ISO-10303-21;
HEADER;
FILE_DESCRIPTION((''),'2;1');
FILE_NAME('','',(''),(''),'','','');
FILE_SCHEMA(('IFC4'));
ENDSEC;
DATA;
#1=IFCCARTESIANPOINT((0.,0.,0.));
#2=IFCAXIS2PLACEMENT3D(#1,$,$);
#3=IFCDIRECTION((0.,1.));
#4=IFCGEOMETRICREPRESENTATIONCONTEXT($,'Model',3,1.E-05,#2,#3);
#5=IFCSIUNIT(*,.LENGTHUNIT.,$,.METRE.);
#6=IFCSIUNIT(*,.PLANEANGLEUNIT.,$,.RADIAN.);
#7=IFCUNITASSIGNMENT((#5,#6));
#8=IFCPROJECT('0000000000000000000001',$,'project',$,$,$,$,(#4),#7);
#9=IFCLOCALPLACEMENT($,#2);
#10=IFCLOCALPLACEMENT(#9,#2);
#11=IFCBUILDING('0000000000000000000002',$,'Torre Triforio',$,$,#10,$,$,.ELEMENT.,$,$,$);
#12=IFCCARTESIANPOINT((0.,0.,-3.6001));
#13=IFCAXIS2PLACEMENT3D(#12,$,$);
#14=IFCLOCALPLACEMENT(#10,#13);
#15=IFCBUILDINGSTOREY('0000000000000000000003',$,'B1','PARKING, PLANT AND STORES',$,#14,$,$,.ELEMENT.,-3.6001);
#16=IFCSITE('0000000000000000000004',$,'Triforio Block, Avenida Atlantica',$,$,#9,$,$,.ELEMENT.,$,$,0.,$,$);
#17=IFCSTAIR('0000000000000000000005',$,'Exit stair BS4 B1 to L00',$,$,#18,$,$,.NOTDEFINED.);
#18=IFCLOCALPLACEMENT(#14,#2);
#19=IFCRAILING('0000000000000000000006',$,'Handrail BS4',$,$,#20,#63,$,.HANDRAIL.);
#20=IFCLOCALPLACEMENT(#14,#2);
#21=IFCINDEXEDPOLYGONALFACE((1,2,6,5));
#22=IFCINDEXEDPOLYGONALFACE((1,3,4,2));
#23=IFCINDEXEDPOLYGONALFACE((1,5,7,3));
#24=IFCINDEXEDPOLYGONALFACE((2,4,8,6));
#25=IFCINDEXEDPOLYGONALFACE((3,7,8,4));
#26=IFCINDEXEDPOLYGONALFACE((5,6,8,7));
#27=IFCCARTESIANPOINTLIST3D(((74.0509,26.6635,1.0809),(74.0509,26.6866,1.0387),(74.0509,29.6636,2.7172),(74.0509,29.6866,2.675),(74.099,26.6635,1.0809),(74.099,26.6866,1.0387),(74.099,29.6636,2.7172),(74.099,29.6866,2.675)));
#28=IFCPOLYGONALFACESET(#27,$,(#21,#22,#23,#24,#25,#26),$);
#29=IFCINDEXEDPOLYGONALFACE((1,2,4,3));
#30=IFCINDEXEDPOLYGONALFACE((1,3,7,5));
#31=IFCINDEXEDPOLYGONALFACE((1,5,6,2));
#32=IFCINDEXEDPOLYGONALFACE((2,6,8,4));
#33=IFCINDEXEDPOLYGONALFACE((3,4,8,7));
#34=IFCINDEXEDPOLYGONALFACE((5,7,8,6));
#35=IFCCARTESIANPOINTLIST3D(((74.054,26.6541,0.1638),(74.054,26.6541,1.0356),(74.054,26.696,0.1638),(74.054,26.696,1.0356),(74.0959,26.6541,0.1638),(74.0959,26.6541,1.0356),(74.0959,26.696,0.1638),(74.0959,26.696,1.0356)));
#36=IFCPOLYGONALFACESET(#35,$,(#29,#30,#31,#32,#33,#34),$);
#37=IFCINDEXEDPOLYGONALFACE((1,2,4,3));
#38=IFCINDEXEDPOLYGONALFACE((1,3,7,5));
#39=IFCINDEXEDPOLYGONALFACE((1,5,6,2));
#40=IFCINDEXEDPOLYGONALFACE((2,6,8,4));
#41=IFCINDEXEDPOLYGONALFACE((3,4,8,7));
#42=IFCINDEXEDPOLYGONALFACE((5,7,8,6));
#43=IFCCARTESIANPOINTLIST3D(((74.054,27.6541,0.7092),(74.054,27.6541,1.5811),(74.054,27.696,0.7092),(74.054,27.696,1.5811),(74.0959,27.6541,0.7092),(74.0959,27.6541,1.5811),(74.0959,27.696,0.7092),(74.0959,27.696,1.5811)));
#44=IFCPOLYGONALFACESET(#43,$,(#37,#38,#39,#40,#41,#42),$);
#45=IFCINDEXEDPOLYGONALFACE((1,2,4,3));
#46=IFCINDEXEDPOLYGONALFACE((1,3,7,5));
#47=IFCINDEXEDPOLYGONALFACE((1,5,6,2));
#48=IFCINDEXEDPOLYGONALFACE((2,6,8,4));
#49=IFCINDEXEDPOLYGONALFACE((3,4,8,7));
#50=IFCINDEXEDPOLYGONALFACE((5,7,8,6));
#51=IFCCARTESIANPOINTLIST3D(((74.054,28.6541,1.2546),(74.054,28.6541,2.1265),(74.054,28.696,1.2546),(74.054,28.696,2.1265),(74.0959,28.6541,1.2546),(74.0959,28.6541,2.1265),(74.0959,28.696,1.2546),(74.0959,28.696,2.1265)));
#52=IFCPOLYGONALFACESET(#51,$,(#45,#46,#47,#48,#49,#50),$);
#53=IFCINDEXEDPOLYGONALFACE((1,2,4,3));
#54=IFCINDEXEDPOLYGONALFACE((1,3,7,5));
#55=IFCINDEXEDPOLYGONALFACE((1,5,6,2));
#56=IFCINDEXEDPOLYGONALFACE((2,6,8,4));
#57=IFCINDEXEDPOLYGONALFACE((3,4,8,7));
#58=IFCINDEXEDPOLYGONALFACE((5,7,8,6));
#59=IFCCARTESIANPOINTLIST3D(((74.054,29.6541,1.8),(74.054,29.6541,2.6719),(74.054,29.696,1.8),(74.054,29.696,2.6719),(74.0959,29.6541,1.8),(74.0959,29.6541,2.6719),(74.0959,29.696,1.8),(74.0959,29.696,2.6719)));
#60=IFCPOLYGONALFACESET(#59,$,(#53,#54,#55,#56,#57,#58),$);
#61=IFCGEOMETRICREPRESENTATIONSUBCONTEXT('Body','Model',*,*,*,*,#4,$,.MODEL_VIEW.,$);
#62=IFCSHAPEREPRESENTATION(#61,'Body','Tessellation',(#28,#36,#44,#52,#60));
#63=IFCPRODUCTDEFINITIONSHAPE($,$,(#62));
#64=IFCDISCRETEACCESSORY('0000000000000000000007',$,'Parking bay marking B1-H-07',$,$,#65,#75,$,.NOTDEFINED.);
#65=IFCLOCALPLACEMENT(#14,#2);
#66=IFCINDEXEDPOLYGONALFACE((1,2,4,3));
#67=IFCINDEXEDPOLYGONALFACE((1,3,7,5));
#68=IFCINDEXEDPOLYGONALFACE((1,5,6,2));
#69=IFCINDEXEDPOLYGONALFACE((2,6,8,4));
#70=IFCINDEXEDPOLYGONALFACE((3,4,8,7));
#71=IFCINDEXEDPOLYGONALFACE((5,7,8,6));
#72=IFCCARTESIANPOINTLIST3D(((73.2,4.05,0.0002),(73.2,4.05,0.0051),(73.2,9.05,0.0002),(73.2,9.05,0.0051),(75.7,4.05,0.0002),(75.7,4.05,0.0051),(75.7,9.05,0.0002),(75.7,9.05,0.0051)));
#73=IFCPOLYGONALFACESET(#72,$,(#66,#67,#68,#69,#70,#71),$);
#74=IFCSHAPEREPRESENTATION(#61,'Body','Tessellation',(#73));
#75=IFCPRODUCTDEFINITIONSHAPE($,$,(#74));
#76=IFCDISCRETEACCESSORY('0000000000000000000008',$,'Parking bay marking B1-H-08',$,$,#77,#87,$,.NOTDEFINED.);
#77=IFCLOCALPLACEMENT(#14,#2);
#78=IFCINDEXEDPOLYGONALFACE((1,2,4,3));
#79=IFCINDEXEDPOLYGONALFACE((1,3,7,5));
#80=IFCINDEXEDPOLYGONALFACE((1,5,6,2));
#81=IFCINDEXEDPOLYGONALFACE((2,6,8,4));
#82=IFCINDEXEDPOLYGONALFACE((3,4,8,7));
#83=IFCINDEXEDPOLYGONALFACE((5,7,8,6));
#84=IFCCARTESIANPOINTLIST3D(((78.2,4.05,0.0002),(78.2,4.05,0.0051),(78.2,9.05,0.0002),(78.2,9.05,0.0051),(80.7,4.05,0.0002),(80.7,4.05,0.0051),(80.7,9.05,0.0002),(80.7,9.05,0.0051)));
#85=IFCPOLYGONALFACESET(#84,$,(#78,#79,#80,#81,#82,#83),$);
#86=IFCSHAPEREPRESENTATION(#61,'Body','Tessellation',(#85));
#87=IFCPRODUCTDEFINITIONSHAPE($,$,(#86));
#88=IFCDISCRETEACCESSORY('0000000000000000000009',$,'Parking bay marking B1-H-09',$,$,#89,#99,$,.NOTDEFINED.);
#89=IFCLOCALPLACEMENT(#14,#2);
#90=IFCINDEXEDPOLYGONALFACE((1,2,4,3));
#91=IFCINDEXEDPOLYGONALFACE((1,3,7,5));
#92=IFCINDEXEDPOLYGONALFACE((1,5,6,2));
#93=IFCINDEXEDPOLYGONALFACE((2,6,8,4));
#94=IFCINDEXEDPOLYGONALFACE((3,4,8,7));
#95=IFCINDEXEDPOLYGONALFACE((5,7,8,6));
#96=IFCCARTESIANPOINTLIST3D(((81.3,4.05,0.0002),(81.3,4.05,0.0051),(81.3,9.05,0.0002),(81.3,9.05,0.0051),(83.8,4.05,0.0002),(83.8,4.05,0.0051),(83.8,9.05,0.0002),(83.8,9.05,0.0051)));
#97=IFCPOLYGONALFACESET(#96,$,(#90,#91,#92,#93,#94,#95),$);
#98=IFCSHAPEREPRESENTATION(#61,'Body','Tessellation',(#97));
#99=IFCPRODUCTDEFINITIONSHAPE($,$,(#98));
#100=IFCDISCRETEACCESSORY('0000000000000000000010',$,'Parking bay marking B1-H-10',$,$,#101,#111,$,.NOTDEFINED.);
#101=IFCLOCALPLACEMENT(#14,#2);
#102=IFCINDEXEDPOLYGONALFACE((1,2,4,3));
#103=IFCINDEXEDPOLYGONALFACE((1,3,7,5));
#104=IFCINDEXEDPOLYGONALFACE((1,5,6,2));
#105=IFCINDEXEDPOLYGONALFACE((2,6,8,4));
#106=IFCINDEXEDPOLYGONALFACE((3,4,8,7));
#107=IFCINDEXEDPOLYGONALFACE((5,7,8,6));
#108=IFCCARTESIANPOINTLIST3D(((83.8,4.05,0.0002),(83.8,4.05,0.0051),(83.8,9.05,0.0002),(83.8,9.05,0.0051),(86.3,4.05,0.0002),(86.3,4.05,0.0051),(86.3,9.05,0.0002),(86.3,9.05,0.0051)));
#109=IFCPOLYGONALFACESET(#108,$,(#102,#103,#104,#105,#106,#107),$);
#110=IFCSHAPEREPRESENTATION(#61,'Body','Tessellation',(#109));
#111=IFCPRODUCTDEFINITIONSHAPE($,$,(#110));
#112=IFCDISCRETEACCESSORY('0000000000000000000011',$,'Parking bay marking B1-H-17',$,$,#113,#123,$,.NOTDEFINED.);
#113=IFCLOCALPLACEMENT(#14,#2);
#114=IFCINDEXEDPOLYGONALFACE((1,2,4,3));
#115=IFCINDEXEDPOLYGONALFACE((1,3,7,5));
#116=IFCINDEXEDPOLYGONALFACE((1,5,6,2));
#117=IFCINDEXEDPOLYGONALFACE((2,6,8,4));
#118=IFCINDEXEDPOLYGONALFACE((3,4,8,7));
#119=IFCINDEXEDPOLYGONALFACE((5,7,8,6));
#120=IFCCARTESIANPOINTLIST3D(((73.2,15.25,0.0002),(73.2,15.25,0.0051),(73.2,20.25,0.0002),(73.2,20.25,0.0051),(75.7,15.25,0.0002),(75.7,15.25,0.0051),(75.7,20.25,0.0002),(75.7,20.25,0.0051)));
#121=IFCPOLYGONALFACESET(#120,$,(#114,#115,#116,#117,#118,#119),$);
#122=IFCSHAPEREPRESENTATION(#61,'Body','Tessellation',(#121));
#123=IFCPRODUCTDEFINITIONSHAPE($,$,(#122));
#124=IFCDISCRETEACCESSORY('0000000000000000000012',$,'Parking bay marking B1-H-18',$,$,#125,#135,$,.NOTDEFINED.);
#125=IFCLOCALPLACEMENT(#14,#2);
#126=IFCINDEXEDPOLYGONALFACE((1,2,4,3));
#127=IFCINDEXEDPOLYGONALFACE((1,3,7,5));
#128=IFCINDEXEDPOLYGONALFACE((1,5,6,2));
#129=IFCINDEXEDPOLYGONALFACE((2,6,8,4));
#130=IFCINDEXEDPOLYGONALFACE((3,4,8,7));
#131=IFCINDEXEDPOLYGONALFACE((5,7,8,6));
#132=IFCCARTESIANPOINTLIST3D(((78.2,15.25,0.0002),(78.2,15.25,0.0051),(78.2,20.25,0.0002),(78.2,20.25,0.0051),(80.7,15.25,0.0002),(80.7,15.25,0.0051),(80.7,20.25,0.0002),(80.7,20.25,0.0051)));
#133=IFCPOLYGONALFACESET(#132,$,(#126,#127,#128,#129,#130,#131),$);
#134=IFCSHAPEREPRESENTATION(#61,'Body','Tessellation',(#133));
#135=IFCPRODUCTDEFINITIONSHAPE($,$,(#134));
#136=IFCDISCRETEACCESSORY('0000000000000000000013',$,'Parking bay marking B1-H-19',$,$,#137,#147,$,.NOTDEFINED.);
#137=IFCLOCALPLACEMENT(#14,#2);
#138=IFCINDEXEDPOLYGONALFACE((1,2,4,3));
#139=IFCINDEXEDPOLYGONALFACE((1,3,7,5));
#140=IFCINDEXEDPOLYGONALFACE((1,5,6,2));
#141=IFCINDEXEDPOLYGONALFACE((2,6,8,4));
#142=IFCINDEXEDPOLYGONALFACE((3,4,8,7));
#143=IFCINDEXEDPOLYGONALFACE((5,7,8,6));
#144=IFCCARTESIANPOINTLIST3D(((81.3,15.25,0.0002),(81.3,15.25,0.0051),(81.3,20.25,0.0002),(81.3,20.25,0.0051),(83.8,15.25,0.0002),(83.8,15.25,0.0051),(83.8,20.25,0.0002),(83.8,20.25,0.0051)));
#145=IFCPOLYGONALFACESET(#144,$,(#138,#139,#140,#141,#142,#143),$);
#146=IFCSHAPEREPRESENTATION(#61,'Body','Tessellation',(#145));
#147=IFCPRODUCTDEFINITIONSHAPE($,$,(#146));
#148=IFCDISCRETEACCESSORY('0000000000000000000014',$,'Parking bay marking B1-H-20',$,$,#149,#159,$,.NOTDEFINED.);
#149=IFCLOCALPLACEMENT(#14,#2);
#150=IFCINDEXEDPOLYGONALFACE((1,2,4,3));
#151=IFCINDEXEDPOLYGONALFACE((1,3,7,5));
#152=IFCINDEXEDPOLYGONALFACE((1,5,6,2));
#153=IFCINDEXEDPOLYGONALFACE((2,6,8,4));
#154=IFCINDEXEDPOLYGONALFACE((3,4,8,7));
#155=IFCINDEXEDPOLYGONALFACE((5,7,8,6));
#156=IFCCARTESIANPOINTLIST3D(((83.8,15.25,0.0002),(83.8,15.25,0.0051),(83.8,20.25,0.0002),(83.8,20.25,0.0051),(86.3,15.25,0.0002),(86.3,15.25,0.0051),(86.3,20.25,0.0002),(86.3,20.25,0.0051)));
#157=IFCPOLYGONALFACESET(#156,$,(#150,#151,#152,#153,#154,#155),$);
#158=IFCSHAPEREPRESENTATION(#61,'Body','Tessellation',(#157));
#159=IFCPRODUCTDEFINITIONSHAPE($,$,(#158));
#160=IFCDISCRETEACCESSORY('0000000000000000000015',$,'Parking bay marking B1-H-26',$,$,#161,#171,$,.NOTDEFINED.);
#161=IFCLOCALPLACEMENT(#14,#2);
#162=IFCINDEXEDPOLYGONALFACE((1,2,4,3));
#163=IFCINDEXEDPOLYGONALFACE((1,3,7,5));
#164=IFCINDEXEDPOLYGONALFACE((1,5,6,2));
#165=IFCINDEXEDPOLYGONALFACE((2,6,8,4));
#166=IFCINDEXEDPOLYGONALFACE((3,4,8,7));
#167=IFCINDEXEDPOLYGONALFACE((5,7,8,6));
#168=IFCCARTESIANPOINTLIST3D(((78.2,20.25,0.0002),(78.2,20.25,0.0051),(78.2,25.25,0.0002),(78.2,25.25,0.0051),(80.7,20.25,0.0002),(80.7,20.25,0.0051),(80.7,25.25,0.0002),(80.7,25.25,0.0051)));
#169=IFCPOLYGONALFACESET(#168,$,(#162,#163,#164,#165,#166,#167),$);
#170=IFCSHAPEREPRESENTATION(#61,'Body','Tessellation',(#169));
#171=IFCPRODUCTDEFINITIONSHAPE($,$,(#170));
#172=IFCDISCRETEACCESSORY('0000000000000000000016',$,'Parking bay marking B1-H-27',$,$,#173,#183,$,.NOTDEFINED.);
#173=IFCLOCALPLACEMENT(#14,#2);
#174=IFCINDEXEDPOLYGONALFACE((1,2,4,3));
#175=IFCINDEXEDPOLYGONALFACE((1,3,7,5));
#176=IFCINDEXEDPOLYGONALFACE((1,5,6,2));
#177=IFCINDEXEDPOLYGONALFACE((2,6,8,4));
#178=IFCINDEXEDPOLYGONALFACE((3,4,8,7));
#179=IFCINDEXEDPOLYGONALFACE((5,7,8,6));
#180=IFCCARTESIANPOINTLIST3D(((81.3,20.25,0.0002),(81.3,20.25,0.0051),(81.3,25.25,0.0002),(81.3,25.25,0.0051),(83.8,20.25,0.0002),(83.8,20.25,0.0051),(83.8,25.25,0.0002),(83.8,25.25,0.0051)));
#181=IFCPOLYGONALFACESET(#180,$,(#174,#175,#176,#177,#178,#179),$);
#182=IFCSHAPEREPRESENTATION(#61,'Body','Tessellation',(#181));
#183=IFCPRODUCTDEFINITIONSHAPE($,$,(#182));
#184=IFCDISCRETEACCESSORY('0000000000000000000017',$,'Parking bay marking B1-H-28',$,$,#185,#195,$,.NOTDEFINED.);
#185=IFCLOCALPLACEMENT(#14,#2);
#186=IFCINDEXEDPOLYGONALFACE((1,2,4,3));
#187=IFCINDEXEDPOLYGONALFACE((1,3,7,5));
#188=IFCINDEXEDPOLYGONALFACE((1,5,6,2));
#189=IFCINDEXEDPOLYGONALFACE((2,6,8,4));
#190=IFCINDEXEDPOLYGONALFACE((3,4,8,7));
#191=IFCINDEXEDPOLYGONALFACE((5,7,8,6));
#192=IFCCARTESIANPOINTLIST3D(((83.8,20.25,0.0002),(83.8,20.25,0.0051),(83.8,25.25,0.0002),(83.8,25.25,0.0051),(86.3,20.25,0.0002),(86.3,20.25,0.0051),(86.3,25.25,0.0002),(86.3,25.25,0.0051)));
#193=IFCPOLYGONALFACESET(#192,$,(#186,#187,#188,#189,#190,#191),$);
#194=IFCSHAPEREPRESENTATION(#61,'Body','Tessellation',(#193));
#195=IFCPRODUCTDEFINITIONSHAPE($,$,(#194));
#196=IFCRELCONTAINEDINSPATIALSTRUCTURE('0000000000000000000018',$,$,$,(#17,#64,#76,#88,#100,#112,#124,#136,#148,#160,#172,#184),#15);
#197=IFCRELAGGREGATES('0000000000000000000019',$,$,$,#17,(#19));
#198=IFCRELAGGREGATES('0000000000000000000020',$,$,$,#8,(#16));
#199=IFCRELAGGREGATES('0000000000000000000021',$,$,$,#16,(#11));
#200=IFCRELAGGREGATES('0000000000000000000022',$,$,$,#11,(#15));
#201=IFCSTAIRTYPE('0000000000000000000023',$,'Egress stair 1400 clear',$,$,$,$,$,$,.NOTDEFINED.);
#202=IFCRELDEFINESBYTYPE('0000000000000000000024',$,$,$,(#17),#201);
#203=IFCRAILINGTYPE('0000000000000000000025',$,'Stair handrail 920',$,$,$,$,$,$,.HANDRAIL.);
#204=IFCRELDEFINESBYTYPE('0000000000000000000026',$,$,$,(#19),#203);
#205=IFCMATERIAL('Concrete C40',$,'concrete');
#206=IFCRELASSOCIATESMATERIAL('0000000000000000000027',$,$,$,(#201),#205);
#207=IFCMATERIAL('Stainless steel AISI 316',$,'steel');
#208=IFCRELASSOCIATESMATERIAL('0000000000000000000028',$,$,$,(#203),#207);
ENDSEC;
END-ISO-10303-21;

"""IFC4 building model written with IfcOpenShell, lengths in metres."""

from ifc_helpers import new_model, si_unit, direction, frame, origin, origin_2d, place, context, subcontext, project, spatial, rectangle, extrude, material, type_object, element, aggregate, save


model = new_model("IFC4")

# Units and contexts
model_context = context("Model", 3, precision=1e-05, world=origin(), true_north=direction((0.0, 1.0)))
body_context = subcontext(model_context, "Body", "Model", "MODEL_VIEW")
ifc_project = project(units=[si_unit("LENGTHUNIT", "METRE"), si_unit("PLANEANGLEUNIT", "RADIAN")], contexts=[model_context])

# Site, building, storey
site_placement = place(None, origin())
site = spatial("IfcSite", under=ifc_project, at=site_placement, Name="Triforio Block, Avenida Atlantica", CompositionType="ELEMENT", RefElevation=0.0)
building_placement = place(site_placement, origin())
building = spatial("IfcBuilding", under=site, at=building_placement, Name="Torre Triforio", CompositionType="ELEMENT")
storey_placement = place(building_placement, frame((0.0, 0.0, -3.6001)))
storey = spatial("IfcBuildingStorey", under=building, at=storey_placement, Name="B1", Description="PARKING, PLANT AND STORES", CompositionType="ELEMENT", Elevation=-3.6001)

# Shared definitions
ifc_material_1 = material(Name="Concrete C40", Category="concrete")

# Stair, railing
stair_type = type_object("IfcStairType", Name="Egress stair 1400 clear", PredefinedType="NOTDEFINED", material=ifc_material_1)
stair_placement = place(storey_placement, origin())
stair = element("IfcStair", 1, at=stair_placement, inside=storey, type_object=stair_type, Name="Exit stair BS4 B1 to L00", PredefinedType="NOTDEFINED")
ifc_material_2 = material(Name="Stainless steel AISI 316", Category="steel")
railing_type = type_object("IfcRailingType", Name="Stair handrail 920", PredefinedType="HANDRAIL", material=ifc_material_2)
railing_placement = place(storey_placement, frame((74.075, 26.675, 0.1638)))
railing = element("IfcRailing", 2, at=railing_placement, type_object=railing_type, Name="Handrail BS4", PredefinedType="HANDRAIL", context=body_context, shape_type="SweptSolid", body=[
    extrude(rectangle(XDim=0.0481, YDim=0.0481, at=origin_2d()), frame((0.0, 0.0, 0.896), z_axis=(0.0, 0.877912, 0.478822), x_axis=(-1.0, 0.0, 0.0)), (0.0, 0.0, 1.0), 3.4172),
    extrude(rectangle(XDim=0.042, YDim=0.042, at=origin_2d()), origin(), (0.0, 0.0, 1.0), 0.8718),
    extrude(rectangle(XDim=0.042, YDim=0.042, at=origin_2d()), frame((0.0, 1.0, 0.5454)), (0.0, 0.0, 1.0), 0.8718),
    extrude(rectangle(XDim=0.042, YDim=0.042, at=origin_2d()), frame((0.0, 2.0, 1.0908)), (0.0, 0.0, 1.0), 0.8718),
    extrude(rectangle(XDim=0.042, YDim=0.042, at=origin_2d()), frame((0.0, 3.0, 1.6362)), (0.0, 0.0, 1.0), 0.8718),
])
aggregate(stair, [railing])

# Discrete accessories
for number, where, z_axis, x_axis, name in (
    (3, (74.45, 6.55, 0.0002), (0.0, 0.0, 1.0), (1.0, 0.0, 0.0), "Parking bay marking B1-H-07"),
    (4, (79.45, 6.55, 0.0002), (0.0, 0.0, 1.0), (1.0, 0.0, 0.0), "Parking bay marking B1-H-08"),
    (5, (82.55, 6.55, 0.0002), (0.0, 0.0, 1.0), (1.0, 0.0, 0.0), "Parking bay marking B1-H-09"),
    (6, (85.05, 6.55, 0.0002), (0.0, 0.0, 1.0), (1.0, 0.0, 0.0), "Parking bay marking B1-H-10"),
    (7, (74.45, 17.75, 0.0002), (0.0, 0.0, 1.0), (1.0, 0.0, 0.0), "Parking bay marking B1-H-17"),
    (8, (79.45, 17.75, 0.0002), (0.0, 0.0, 1.0), (1.0, 0.0, 0.0), "Parking bay marking B1-H-18"),
    (9, (82.55, 17.75, 0.0002), (0.0, 0.0, 1.0), (1.0, 0.0, 0.0), "Parking bay marking B1-H-19"),
    (10, (85.05, 17.75, 0.0002), (0.0, 0.0, 1.0), (1.0, 0.0, 0.0), "Parking bay marking B1-H-20"),
    (11, (79.45, 22.75, 0.0002), (0.0, 0.0, 1.0), (1.0, 0.0, 0.0), "Parking bay marking B1-H-26"),
    (12, (82.55, 22.75, 0.0002), (0.0, 0.0, 1.0), (1.0, 0.0, 0.0), "Parking bay marking B1-H-27"),
    (13, (85.05, 22.75, 0.0002), (0.0, 0.0, 1.0), (1.0, 0.0, 0.0), "Parking bay marking B1-H-28"),
):
    element("IfcDiscreteAccessory", number, at=place(storey_placement, frame(where, z_axis=z_axis, x_axis=x_axis)), inside=storey, Name=name, PredefinedType="NOTDEFINED", context=body_context, shape_type="SweptSolid", body=[
        extrude(rectangle(XDim=2.5, YDim=5.0, at=origin_2d()), origin(), (0.0, 0.0, 1.0), 0.0049),
    ])

save(model, "model.ifc")
